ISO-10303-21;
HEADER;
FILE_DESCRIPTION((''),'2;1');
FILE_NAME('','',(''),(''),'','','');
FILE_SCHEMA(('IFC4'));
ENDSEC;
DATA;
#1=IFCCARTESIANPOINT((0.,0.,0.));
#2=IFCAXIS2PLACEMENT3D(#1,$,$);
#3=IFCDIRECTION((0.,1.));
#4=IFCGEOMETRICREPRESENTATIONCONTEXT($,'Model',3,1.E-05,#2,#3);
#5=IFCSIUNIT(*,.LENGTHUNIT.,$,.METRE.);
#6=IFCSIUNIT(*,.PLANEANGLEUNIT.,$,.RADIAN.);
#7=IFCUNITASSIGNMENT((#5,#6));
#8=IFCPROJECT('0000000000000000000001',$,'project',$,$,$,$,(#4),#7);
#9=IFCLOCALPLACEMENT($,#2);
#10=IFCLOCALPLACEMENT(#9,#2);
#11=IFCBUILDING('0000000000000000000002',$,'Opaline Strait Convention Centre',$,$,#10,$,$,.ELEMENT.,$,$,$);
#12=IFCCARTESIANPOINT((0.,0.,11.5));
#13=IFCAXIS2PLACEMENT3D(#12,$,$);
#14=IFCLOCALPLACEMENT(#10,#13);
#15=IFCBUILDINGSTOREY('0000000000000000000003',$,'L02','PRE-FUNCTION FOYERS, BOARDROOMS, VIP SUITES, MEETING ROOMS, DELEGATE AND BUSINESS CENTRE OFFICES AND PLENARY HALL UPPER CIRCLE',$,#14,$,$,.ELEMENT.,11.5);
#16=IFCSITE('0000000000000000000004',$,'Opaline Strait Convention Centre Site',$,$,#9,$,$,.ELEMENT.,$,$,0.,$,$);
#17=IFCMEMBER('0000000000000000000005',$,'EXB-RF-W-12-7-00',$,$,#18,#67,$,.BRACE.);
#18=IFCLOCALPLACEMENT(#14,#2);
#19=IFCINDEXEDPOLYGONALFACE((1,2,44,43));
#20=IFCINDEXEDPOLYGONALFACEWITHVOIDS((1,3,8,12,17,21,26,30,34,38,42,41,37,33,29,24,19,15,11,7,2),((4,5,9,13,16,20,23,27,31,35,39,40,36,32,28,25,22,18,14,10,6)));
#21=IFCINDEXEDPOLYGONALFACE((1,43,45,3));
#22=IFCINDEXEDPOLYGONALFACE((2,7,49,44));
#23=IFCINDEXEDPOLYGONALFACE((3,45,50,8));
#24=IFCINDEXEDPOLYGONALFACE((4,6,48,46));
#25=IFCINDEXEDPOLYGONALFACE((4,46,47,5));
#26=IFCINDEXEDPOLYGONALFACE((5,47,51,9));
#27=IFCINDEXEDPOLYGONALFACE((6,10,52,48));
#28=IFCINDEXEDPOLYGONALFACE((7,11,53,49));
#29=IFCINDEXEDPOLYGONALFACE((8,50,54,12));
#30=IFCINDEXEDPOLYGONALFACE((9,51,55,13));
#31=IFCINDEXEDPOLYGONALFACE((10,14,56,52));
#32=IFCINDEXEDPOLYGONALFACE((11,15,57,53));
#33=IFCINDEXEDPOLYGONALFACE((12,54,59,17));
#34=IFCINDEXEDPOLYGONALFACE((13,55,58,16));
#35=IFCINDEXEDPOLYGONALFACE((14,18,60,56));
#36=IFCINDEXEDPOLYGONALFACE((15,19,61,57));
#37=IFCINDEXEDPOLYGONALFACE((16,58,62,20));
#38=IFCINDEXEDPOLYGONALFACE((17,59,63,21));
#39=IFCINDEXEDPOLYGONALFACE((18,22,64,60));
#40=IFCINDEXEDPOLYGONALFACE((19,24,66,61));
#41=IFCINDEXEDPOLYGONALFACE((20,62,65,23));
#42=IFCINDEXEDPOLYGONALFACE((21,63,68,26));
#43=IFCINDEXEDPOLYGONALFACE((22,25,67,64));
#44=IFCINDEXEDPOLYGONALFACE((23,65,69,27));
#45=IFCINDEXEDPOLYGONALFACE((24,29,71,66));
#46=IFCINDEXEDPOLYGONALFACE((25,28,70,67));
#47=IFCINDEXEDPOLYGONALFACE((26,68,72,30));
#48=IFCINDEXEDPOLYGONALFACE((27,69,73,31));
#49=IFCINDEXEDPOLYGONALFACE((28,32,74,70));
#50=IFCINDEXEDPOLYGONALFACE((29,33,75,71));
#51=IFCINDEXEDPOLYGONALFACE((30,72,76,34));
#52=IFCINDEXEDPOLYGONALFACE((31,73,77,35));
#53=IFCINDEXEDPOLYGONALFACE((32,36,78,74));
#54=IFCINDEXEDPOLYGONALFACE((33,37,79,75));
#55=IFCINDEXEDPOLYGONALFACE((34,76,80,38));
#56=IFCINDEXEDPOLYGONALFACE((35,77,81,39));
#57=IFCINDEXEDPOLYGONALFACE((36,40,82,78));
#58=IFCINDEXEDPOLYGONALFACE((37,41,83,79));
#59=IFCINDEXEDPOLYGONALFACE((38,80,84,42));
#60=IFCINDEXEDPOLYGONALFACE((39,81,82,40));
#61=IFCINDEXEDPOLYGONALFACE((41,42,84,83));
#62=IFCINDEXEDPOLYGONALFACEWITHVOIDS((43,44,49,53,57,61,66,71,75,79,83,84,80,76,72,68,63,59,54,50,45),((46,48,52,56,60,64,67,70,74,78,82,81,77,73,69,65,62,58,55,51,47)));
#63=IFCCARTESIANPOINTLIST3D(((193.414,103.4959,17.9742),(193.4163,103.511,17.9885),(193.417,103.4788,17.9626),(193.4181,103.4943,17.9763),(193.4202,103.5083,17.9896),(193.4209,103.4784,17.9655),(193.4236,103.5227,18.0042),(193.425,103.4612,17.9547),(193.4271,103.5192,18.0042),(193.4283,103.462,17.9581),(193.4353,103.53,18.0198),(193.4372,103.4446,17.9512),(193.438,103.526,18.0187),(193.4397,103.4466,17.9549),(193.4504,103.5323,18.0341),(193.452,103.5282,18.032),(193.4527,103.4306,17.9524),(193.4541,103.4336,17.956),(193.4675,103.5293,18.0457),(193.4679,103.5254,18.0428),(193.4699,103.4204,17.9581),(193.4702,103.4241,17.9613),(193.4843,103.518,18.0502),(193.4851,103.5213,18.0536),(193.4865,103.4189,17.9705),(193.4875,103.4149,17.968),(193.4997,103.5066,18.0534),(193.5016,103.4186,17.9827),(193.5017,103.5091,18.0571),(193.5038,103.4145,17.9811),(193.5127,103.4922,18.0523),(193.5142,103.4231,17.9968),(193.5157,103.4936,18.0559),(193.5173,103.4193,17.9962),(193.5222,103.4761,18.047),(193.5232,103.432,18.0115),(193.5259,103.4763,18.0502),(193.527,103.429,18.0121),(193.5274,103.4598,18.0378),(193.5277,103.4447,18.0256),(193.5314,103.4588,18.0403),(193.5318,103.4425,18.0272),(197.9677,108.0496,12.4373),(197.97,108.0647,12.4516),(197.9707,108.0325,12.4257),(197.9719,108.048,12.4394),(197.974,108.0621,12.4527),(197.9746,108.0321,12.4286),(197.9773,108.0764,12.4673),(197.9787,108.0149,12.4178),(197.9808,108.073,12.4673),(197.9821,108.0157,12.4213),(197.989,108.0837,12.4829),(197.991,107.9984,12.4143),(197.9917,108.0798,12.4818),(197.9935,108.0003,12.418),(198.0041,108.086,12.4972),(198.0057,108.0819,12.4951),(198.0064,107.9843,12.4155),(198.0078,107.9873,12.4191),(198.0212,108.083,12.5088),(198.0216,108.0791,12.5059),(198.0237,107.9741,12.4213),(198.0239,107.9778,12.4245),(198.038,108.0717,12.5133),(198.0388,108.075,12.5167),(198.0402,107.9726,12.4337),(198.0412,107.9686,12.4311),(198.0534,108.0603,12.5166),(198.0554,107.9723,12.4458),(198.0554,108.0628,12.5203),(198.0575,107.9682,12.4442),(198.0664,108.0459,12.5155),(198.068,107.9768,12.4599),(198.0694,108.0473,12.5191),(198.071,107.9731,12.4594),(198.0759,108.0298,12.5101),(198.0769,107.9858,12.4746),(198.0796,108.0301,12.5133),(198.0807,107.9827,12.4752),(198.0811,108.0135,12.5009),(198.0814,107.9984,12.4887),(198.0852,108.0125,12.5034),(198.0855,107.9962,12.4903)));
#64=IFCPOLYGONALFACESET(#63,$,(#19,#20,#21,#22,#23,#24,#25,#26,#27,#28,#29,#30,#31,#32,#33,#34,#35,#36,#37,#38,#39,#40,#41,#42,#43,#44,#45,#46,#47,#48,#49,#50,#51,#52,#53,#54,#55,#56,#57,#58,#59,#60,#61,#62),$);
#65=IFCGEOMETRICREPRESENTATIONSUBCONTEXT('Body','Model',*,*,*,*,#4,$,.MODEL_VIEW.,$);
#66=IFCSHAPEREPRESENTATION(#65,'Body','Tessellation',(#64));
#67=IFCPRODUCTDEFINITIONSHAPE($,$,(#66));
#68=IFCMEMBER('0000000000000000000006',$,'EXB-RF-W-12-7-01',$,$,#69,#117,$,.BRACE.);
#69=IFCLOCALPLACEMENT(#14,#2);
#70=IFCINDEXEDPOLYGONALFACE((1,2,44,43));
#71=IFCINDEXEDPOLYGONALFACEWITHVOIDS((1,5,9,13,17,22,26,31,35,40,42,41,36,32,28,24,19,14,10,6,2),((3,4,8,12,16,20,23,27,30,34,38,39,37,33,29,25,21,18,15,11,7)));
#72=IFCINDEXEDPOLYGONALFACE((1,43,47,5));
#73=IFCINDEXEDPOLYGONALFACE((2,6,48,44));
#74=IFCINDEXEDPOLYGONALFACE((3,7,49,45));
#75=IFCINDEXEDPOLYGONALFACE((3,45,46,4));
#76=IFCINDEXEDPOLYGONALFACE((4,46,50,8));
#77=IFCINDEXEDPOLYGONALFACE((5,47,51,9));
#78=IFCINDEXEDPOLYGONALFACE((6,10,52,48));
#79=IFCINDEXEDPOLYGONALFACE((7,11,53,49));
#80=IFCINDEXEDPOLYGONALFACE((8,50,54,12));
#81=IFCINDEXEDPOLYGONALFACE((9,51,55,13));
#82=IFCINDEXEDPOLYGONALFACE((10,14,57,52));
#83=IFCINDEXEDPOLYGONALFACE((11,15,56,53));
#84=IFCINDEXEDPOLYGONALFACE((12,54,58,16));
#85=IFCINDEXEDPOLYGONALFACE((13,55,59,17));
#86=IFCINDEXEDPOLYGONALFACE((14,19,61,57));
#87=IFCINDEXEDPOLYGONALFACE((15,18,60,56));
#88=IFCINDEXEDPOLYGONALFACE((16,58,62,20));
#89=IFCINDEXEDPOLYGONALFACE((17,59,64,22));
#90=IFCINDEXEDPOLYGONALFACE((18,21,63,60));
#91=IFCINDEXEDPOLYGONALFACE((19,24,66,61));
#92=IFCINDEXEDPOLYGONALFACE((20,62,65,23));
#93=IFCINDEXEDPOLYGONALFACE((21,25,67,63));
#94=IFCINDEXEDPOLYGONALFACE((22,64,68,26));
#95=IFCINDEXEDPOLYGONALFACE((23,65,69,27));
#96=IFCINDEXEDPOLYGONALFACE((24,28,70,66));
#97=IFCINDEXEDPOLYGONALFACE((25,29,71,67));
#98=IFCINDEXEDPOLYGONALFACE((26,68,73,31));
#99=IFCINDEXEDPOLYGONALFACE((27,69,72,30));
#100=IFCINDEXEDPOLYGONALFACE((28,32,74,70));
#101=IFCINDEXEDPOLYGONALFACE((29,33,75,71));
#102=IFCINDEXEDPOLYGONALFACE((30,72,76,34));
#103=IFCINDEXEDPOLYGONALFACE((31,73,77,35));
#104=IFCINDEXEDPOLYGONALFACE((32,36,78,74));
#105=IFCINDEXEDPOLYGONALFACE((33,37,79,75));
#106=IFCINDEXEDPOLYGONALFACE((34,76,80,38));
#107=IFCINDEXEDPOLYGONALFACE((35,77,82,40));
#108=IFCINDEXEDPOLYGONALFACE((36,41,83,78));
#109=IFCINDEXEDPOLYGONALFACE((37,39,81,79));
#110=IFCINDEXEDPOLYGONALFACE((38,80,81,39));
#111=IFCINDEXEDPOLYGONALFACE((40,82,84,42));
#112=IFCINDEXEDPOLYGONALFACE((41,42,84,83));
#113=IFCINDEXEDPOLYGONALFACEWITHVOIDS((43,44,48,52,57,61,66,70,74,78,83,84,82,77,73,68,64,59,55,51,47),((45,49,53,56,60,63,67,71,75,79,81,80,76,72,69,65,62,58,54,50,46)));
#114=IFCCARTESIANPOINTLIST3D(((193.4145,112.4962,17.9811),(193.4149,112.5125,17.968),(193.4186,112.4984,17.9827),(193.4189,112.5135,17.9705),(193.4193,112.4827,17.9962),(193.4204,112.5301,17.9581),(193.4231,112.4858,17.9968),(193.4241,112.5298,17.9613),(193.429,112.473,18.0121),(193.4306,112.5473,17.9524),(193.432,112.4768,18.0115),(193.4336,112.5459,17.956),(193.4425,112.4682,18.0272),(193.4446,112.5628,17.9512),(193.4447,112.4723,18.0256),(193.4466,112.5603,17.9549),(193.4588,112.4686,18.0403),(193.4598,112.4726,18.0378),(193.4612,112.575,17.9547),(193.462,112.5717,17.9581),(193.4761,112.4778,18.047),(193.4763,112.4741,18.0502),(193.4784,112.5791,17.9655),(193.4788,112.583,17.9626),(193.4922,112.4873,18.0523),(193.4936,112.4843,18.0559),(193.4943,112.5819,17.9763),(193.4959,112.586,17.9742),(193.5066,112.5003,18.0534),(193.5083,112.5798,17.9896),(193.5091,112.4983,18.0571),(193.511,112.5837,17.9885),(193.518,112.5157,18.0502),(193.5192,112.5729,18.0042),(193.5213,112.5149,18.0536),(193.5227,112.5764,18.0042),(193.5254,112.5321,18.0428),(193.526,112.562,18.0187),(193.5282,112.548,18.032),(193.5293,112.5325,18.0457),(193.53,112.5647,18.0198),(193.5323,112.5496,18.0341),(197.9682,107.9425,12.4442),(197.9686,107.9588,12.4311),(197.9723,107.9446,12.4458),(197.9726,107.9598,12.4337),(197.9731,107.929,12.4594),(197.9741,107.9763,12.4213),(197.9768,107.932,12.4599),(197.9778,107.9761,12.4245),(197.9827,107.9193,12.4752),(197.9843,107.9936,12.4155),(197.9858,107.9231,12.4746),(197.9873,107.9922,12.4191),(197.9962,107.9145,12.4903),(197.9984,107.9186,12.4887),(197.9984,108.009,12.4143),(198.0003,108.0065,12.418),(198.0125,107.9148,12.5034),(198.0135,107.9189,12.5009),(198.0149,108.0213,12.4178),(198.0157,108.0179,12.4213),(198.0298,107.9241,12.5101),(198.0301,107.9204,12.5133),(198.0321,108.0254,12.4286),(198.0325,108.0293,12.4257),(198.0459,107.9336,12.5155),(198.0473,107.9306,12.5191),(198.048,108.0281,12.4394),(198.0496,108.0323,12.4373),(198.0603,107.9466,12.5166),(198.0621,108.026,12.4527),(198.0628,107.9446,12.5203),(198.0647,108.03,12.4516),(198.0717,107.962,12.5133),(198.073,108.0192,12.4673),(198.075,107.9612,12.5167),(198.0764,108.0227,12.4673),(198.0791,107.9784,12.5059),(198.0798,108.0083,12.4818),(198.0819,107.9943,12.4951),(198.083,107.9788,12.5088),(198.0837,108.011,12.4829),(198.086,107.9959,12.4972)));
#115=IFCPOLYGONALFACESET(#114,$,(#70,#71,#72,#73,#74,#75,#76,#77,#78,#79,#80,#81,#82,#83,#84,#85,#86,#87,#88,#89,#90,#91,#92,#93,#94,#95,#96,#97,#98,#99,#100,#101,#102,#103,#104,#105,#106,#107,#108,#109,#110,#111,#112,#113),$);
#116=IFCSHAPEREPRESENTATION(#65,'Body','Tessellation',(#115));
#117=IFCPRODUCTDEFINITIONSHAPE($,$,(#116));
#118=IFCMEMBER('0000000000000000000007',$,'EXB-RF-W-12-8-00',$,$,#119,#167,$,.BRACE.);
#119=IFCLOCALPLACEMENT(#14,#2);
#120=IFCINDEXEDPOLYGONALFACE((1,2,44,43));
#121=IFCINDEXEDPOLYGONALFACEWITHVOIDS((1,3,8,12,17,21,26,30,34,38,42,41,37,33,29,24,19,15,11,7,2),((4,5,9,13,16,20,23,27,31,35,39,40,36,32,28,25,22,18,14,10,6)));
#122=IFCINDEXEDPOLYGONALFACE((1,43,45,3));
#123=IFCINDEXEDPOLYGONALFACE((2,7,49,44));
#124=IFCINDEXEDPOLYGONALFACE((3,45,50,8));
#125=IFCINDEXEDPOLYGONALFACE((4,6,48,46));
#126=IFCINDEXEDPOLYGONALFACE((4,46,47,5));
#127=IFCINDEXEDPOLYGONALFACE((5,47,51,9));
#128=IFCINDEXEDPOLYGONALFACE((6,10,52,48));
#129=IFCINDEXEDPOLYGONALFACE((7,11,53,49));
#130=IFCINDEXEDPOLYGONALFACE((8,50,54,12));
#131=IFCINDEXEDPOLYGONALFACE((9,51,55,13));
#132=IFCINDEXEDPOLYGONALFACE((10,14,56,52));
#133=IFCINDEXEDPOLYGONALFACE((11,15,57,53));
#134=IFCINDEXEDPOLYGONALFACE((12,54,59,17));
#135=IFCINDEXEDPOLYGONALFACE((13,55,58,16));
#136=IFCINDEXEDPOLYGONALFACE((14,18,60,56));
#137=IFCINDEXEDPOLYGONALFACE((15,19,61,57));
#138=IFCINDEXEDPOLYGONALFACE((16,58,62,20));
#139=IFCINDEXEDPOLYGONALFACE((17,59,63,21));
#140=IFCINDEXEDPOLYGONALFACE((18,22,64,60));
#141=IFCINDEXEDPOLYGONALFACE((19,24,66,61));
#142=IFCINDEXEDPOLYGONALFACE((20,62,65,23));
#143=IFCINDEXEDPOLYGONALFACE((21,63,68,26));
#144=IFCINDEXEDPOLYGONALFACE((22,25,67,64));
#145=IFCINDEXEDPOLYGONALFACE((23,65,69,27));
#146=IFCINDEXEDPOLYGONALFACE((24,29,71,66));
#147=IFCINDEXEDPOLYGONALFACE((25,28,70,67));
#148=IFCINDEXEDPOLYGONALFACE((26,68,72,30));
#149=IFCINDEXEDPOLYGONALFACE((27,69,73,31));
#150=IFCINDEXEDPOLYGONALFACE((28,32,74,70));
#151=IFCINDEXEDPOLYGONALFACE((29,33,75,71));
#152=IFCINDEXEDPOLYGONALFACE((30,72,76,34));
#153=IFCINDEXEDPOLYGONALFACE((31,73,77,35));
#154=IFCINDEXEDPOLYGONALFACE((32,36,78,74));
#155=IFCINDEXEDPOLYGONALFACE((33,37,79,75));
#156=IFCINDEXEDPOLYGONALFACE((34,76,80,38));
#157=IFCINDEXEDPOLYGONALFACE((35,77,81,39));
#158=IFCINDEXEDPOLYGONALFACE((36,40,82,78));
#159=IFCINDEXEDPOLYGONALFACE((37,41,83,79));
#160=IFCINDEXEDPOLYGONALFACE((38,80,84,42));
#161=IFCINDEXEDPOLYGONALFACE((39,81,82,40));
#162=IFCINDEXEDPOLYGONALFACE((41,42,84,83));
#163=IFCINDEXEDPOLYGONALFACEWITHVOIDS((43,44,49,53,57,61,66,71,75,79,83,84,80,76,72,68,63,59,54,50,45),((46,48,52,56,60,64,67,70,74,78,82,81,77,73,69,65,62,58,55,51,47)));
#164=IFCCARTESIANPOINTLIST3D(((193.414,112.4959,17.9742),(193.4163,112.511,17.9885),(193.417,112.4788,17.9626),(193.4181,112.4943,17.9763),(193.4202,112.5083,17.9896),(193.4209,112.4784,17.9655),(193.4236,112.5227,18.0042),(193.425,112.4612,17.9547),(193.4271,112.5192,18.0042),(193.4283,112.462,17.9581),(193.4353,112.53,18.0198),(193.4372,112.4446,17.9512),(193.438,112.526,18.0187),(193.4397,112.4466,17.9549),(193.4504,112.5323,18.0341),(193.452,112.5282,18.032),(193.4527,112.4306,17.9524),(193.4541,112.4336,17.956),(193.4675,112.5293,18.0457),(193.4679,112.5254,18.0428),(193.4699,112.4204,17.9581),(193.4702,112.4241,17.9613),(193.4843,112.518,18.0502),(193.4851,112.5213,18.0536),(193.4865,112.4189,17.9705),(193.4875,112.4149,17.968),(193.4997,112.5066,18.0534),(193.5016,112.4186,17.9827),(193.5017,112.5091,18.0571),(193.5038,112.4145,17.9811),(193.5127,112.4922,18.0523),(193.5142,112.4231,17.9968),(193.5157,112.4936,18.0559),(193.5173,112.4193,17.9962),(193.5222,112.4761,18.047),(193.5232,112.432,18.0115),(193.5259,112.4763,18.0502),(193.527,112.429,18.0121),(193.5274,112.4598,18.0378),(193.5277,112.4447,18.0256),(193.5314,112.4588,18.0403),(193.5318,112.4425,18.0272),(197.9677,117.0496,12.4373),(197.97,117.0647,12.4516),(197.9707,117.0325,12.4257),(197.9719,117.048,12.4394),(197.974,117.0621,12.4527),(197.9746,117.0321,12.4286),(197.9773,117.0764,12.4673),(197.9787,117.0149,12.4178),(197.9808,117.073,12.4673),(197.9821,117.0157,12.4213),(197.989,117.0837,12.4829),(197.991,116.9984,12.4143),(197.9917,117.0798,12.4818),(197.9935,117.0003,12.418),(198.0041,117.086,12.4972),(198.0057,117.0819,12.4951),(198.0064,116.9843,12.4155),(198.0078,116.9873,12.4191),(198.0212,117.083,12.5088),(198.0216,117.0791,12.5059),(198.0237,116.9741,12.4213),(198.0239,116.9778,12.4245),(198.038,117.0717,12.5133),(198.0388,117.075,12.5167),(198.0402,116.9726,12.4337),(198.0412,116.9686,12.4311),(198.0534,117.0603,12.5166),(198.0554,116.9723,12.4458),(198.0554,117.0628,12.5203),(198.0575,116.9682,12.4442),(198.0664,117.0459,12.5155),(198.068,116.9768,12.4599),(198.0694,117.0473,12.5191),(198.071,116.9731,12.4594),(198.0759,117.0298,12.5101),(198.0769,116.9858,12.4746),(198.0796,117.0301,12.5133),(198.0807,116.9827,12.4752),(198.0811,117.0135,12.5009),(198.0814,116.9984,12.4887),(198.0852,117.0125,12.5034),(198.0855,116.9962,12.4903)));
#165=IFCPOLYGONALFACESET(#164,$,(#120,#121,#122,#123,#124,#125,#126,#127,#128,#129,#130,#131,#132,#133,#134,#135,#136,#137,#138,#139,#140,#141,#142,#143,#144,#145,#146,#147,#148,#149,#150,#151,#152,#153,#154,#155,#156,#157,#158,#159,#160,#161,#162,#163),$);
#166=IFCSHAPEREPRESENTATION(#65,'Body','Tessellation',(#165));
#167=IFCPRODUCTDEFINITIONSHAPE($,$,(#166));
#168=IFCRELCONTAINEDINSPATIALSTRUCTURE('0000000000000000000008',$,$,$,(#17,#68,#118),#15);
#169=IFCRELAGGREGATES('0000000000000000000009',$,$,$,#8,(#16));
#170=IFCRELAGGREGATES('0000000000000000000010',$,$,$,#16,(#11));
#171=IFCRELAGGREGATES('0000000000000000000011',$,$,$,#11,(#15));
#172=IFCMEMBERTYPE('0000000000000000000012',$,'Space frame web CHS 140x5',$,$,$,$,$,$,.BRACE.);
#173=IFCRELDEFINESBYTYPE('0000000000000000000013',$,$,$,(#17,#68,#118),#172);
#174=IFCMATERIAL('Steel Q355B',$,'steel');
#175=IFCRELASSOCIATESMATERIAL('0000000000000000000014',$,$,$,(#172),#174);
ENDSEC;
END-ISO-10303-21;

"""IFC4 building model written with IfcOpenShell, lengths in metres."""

from ifc_helpers import new_model, si_unit, direction, frame, origin, origin_2d, place, context, subcontext, project, spatial, hollow_circle, extrude, material, material_profile, profile_set, type_object, element, save


model = new_model("IFC4")

# Units and contexts
model_context = context("Model", 3, precision=1e-05, world=origin(), true_north=direction((0.0, 1.0)))
body_context = subcontext(model_context, "Body", "Model", "MODEL_VIEW")
ifc_project = project(units=[si_unit("LENGTHUNIT", "METRE"), si_unit("PLANEANGLEUNIT", "RADIAN")], contexts=[model_context])

# Site, building, storey
site_placement = place(None, origin())
site = spatial("IfcSite", under=ifc_project, at=site_placement, Name="Opaline Strait Convention Centre Site", CompositionType="ELEMENT", RefElevation=0.0)
building_placement = place(site_placement, origin())
building = spatial("IfcBuilding", under=site, at=building_placement, Name="Opaline Strait Convention Centre", CompositionType="ELEMENT")
storey_placement = place(building_placement, frame((0.0, 0.0, 11.5)))
storey = spatial("IfcBuildingStorey", under=building, at=storey_placement, Name="L02", Description="PRE-FUNCTION FOYERS, BOARDROOMS, VIP SUITES, MEETING ROOMS, DELEGATE AND BUSINESS CENTRE OFFICES AND PLENARY HALL UPPER CIRCLE", CompositionType="ELEMENT", Elevation=11.5)

# Members
ifc_material = material(Name="Steel Q355B", Category="steel")
ifc_material_profile_1 = material_profile(ifc_material, hollow_circle(Radius=0.0701, WallThickness=0.0049, at=origin_2d()), Name="CHS 140x5")
ifc_profile_set_1 = profile_set([ifc_material_profile_1], Name="Steel Q355B")
member_type_1 = type_object("IfcMemberType", Name="Space frame web CHS 140x5", PredefinedType="BRACE", material=ifc_profile_set_1)
for number, where, z_axis, x_axis, name in (
    (1, (193.4731, 103.4731, 18.0042), (0.536178, 0.536178, -0.65194), (-0.707107, 0.707107, 0.0), "EXB-RF-W-12-7-00"),
    (2, (193.4731, 112.5269, 18.0042), (0.536178, -0.536178, -0.65194), (0.707107, 0.707107, 0.0), "EXB-RF-W-12-7-01"),
    (3, (193.4731, 112.4731, 18.0042), (0.536178, 0.536178, -0.65194), (-0.707107, 0.707107, 0.0), "EXB-RF-W-12-8-00"),
):
    element("IfcMember", number, at=place(storey_placement, frame(where, z_axis=z_axis, x_axis=x_axis)), inside=storey, type_object=member_type_1, Name=name, PredefinedType="BRACE", context=body_context, shape_type="SweptSolid", body=[
        extrude(hollow_circle(Radius=0.0701, WallThickness=0.0049, at=origin_2d()), origin(), (0.0, 0.0, 1.0), 8.4929),
    ])

save(model, "model.ifc")
